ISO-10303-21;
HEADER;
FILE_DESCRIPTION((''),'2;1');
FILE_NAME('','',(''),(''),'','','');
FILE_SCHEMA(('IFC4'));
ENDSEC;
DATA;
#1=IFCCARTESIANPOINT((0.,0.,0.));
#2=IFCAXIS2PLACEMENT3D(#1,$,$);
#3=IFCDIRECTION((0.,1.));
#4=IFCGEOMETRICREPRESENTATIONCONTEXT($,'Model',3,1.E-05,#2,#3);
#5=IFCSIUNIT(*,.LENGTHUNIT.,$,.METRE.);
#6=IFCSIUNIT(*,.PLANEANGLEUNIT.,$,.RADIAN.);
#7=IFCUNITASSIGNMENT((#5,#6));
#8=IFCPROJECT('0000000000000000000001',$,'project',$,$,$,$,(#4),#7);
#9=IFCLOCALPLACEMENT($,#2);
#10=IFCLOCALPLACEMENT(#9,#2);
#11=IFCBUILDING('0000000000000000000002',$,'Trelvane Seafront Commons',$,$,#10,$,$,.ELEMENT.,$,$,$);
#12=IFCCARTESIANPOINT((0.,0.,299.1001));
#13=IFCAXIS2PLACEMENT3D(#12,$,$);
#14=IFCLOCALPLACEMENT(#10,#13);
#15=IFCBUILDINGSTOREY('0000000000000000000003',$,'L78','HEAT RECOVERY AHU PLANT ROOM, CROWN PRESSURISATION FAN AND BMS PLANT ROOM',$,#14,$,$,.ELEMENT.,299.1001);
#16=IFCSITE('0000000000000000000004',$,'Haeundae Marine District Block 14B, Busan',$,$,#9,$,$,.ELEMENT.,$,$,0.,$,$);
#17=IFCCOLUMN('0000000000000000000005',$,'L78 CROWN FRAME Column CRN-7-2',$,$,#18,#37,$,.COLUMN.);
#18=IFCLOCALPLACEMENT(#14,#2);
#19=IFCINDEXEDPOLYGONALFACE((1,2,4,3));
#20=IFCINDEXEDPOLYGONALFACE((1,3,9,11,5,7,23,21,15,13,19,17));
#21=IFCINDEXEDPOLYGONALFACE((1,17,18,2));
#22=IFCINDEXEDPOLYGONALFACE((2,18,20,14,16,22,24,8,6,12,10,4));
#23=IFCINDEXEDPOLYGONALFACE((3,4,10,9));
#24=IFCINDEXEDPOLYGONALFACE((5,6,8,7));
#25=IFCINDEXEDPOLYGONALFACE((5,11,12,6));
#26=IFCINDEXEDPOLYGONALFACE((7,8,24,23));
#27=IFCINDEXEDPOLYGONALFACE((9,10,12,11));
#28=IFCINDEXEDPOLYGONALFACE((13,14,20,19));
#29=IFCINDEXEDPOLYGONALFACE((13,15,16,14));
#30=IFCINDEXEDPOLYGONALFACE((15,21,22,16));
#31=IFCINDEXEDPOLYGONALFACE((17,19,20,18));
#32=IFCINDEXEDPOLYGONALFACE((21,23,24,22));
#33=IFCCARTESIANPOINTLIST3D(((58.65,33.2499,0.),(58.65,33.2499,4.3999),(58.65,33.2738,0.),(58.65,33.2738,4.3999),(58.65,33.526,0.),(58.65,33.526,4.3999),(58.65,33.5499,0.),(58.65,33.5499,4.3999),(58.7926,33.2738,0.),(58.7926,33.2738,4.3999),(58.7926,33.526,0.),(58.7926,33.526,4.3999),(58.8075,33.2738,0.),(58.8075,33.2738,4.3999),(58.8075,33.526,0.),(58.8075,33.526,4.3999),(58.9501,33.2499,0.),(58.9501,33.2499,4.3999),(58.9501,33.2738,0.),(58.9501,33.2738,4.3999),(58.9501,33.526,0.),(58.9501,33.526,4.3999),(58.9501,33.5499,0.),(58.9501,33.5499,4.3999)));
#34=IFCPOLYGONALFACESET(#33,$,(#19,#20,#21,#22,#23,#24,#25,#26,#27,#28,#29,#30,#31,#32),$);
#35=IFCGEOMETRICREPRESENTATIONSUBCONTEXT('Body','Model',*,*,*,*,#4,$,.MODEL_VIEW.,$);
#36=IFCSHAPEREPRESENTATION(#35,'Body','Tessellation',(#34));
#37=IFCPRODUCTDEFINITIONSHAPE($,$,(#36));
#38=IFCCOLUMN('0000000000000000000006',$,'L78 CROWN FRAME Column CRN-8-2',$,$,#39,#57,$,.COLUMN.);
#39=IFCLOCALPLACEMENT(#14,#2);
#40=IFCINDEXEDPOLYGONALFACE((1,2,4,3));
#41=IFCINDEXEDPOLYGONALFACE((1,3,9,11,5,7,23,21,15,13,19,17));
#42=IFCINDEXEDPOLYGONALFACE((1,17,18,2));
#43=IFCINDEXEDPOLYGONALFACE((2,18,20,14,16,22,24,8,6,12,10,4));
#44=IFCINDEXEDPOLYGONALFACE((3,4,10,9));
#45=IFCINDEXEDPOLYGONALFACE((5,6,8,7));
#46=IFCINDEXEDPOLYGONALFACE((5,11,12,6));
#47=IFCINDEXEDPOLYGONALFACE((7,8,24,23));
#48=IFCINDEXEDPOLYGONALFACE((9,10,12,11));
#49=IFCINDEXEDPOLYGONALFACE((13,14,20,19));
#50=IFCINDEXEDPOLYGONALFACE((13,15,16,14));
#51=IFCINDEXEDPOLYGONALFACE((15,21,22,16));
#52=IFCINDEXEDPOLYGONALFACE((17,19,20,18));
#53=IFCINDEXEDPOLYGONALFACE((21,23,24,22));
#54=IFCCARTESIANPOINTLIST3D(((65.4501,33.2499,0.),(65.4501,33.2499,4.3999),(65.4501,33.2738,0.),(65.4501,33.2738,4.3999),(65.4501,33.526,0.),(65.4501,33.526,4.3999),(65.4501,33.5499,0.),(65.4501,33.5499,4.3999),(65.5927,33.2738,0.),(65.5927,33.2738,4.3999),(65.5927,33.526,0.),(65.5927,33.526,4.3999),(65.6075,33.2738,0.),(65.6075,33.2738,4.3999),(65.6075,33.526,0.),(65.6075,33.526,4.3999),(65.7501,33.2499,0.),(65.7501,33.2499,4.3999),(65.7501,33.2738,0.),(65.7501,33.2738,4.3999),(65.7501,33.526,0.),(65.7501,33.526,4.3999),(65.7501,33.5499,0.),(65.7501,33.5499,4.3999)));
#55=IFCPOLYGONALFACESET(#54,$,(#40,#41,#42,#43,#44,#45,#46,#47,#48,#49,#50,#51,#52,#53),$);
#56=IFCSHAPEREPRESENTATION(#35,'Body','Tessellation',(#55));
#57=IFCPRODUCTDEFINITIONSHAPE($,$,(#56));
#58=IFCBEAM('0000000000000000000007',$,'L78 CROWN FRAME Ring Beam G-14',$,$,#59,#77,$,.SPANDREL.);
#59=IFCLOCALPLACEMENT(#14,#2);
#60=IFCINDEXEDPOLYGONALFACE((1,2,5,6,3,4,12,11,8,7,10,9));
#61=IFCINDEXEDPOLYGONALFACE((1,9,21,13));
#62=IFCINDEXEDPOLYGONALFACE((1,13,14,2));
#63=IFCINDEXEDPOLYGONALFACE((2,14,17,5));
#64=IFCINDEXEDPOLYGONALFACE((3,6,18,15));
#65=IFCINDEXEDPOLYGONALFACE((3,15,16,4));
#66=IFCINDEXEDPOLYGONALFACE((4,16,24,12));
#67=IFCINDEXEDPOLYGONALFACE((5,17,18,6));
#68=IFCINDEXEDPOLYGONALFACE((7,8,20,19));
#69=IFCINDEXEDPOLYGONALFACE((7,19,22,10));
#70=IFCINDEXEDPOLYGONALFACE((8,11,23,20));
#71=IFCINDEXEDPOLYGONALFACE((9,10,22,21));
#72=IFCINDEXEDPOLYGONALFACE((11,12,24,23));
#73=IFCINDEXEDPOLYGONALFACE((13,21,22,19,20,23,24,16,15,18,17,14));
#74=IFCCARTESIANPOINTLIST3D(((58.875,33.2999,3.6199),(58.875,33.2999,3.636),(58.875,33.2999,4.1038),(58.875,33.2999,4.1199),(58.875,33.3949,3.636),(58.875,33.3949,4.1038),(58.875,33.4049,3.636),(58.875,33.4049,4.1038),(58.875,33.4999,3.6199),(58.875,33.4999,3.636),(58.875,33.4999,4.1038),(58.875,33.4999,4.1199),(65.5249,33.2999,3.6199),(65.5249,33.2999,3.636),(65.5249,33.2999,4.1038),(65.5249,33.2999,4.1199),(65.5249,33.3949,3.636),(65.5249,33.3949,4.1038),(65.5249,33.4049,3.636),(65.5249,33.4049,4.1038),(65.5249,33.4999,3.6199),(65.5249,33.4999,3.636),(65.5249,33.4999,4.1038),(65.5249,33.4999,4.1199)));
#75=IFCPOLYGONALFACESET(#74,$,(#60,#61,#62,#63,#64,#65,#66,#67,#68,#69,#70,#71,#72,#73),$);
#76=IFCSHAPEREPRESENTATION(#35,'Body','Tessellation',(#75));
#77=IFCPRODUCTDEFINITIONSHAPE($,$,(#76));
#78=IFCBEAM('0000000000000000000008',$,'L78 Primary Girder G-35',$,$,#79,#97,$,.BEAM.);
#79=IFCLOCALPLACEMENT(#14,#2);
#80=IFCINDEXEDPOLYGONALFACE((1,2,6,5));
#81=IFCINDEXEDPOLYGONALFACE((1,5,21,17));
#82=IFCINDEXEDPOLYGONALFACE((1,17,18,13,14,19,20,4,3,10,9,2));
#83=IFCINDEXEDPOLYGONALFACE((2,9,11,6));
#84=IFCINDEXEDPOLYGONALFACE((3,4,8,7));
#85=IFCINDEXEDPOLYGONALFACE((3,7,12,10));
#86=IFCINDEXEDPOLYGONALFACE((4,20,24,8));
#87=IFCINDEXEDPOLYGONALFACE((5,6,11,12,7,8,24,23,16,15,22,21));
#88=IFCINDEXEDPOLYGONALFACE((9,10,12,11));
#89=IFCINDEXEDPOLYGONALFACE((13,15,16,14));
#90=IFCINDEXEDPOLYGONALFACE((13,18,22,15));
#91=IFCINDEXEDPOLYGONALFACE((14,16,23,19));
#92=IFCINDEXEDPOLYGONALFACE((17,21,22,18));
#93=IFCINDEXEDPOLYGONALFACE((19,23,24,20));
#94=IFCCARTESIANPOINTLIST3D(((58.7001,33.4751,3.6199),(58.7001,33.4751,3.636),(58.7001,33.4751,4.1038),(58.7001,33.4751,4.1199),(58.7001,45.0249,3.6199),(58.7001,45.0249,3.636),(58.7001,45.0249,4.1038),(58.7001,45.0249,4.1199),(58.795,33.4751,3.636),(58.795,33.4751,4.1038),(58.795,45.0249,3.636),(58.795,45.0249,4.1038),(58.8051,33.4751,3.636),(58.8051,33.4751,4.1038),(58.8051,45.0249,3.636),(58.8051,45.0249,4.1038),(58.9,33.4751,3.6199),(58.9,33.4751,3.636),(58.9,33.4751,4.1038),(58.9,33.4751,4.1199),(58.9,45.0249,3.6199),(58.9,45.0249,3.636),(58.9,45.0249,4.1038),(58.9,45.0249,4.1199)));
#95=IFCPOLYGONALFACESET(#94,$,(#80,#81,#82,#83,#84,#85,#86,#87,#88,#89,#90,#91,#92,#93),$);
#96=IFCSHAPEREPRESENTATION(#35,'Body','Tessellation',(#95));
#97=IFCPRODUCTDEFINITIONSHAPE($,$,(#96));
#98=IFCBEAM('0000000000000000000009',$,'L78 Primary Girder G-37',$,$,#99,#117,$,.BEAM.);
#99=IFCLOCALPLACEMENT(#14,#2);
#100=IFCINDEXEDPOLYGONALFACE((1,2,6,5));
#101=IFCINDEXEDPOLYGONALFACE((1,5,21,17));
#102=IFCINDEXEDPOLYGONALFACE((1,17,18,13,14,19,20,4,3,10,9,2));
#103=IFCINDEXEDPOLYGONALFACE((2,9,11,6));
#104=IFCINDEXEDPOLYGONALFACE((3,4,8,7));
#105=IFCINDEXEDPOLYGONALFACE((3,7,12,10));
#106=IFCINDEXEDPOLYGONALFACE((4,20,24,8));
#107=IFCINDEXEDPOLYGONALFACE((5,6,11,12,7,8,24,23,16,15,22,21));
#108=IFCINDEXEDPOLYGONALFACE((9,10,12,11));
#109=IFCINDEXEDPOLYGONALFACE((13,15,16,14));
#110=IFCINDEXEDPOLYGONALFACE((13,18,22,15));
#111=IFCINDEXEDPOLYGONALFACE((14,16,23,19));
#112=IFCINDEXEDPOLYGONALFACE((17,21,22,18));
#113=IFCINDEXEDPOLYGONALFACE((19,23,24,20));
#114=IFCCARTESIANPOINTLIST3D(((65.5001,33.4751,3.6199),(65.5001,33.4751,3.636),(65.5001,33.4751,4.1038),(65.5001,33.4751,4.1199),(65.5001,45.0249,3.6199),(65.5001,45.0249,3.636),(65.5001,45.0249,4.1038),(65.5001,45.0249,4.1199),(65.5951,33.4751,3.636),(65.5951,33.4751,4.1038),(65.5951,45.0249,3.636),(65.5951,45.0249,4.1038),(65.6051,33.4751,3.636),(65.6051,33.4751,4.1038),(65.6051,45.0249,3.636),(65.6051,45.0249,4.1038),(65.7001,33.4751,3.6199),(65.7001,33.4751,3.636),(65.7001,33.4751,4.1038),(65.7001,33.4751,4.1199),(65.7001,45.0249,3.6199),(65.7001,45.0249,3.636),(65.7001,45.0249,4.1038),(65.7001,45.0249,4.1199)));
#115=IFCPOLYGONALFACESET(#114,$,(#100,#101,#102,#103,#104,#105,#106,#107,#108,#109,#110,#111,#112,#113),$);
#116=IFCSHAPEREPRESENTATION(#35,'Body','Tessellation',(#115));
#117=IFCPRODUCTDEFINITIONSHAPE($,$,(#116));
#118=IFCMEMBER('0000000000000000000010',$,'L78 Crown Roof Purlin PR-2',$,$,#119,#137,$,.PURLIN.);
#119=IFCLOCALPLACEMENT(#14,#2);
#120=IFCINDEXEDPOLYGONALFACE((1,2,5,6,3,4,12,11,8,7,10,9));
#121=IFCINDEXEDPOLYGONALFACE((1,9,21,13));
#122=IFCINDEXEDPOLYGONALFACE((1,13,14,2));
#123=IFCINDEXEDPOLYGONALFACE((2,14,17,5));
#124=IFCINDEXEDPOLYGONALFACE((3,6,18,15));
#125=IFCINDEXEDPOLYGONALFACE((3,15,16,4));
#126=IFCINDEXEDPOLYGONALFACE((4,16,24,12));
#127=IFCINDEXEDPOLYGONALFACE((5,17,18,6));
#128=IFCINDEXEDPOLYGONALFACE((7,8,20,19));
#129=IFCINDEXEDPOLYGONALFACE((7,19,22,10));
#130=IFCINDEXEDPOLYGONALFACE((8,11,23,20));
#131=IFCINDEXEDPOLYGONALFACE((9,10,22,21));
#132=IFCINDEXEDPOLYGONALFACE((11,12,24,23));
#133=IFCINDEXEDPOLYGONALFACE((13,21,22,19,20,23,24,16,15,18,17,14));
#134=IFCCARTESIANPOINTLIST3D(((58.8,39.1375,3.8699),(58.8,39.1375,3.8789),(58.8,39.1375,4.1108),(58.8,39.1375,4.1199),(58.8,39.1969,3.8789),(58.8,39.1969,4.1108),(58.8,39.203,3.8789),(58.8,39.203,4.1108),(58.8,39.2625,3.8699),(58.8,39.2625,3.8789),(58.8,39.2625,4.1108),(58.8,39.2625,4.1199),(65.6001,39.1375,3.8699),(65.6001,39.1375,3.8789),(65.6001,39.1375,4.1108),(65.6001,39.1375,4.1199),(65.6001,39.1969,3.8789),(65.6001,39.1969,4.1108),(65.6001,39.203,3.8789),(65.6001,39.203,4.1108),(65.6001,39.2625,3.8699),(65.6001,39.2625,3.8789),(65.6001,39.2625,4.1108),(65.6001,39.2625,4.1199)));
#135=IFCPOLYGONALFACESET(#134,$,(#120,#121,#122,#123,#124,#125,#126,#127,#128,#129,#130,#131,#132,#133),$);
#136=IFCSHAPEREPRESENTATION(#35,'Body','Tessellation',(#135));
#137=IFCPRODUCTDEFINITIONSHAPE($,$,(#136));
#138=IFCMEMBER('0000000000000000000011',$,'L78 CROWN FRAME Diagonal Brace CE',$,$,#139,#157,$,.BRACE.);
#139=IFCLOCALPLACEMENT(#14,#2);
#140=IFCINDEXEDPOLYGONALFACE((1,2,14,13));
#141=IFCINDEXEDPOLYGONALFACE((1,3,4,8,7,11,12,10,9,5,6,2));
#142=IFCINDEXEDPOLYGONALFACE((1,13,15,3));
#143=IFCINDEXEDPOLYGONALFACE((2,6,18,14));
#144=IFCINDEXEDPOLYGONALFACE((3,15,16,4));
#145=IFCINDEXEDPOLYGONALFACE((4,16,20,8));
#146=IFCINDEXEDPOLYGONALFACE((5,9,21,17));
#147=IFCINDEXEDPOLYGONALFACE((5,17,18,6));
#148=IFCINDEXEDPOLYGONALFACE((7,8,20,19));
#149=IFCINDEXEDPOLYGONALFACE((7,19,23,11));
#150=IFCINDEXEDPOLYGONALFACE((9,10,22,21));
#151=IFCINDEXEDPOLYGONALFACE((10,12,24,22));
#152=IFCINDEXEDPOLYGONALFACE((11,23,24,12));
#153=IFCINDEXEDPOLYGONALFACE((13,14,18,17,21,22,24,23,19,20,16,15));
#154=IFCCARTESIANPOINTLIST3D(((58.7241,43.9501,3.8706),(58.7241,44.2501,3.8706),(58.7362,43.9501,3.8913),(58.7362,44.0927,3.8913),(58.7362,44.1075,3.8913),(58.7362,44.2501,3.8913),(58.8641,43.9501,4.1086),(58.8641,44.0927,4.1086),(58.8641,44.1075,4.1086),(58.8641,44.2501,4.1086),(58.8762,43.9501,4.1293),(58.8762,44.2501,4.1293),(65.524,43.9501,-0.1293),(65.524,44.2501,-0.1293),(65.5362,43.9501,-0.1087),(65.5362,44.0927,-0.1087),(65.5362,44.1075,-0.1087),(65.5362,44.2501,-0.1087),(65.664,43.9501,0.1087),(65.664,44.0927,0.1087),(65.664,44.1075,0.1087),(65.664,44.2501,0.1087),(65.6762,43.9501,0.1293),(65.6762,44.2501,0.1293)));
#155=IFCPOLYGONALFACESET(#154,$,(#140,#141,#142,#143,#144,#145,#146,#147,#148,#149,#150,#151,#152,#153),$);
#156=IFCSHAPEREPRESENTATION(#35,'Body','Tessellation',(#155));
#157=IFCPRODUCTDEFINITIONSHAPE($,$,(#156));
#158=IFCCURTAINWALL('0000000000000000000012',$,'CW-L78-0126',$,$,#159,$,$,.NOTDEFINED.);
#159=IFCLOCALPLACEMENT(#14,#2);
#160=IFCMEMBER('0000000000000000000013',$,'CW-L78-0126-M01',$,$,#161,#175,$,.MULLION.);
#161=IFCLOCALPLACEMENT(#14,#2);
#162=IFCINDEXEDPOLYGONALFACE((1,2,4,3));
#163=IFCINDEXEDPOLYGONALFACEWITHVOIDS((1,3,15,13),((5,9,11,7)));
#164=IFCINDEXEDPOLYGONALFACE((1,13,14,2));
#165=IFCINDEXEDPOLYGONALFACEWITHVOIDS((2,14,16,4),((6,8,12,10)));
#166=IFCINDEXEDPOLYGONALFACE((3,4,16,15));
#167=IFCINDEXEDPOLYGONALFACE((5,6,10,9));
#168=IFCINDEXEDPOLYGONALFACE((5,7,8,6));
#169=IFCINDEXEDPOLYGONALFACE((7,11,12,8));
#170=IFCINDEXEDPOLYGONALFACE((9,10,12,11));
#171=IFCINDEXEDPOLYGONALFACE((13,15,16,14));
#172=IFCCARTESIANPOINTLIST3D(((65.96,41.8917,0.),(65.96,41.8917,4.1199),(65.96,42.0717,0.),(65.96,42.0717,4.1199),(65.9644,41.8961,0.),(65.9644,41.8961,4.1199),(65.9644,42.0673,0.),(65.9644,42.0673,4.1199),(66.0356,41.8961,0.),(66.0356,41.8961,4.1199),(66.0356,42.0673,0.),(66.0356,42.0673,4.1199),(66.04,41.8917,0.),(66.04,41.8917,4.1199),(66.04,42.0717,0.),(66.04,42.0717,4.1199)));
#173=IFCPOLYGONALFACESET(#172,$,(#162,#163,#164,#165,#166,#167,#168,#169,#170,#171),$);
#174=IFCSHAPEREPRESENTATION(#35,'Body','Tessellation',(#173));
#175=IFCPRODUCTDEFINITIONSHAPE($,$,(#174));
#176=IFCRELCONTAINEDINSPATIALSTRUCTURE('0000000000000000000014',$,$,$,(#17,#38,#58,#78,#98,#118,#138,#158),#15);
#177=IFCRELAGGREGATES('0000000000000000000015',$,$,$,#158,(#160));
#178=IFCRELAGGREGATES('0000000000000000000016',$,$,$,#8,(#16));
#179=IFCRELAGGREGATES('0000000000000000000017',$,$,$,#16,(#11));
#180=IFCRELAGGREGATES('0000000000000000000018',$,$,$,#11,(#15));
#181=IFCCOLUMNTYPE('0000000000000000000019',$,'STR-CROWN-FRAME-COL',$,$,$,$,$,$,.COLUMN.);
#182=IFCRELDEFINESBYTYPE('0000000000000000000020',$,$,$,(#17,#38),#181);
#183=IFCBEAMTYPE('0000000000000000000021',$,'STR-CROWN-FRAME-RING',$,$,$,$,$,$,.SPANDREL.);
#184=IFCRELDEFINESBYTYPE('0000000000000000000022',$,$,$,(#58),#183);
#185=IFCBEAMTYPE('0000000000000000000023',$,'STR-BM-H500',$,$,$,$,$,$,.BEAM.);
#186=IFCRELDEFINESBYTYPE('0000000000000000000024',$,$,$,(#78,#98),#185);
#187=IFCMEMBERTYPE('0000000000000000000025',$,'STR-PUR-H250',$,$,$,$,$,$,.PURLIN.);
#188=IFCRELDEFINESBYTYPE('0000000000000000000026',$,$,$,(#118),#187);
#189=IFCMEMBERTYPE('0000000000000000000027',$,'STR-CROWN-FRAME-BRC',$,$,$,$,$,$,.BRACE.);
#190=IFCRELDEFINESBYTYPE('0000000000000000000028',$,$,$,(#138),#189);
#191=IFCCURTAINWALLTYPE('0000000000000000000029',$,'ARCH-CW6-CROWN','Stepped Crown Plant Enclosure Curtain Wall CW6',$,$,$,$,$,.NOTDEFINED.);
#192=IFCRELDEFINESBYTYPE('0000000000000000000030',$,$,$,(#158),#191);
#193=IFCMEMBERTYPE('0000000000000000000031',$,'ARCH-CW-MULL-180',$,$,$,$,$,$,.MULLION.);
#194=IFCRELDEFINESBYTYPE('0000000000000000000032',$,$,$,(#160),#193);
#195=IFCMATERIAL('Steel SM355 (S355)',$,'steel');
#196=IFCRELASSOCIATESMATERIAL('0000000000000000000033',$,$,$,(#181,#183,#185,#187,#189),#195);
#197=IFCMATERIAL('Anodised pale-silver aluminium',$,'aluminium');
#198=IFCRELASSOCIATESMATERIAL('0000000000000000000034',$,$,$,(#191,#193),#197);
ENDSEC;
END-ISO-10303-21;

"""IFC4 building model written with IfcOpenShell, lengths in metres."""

from ifc_helpers import new_model, si_unit, direction, frame, origin, origin_2d, place, context, subcontext, project, spatial, hollow_rectangle, i_section, extrude, source, transform, mapped, material, material_profile, profile_set, type_object, element, aggregate, save


model = new_model("IFC4")

# Units and contexts
model_context = context("Model", 3, precision=1e-05, world=origin(), true_north=direction((0.0, 1.0)))
body_context = subcontext(model_context, "Body", "Model", "MODEL_VIEW")
ifc_project = project(units=[si_unit("LENGTHUNIT", "METRE"), si_unit("PLANEANGLEUNIT", "RADIAN")], contexts=[model_context])

# Site, building, storey
site_placement = place(None, origin())
site = spatial("IfcSite", under=ifc_project, at=site_placement, Name="Haeundae Marine District Block 14B, Busan", CompositionType="ELEMENT", RefElevation=0.0)
building_placement = place(site_placement, origin())
building = spatial("IfcBuilding", under=site, at=building_placement, Name="Trelvane Seafront Commons", CompositionType="ELEMENT")
storey_placement = place(building_placement, frame((0.0, 0.0, 299.1001)))
storey = spatial("IfcBuildingStorey", under=building, at=storey_placement, Name="L78", Description="HEAT RECOVERY AHU PLANT ROOM, CROWN PRESSURISATION FAN AND BMS PLANT ROOM", CompositionType="ELEMENT", Elevation=299.1001)

# Columns
ifc_material_1 = material(Name="Steel SM355 (S355)", Category="steel")
ifc_material_profile_1 = material_profile(ifc_material_1, i_section(OverallWidth=0.3, OverallDepth=0.3, WebThickness=0.0149, FlangeThickness=0.0239, at=origin_2d()), Name="HD-300x300x15x24")
ifc_profile_set_1 = profile_set([ifc_material_profile_1], Name="Steel SM355 (S355)")
column_type = type_object("IfcColumnType", Name="STR-CROWN-FRAME-COL", PredefinedType="COLUMN", material=ifc_profile_set_1)
shared_shape_1 = source(origin(), body_context, "Body", "SweptSolid", [
    extrude(i_section(OverallWidth=0.3, OverallDepth=0.3, WebThickness=0.0149, FlangeThickness=0.0239, at=origin_2d()), origin(), (0.0, 0.0, 1.0), 4.3999),
])
for number, where, z_axis, x_axis, name in (
    (1, (58.8, 33.3999, 0.0), (0.0, 0.0, 1.0), (1.0, 0.0, 0.0), "L78 CROWN FRAME Column CRN-7-2"),
    (2, (65.6001, 33.3999, 0.0), (0.0, 0.0, 1.0), (1.0, 0.0, 0.0), "L78 CROWN FRAME Column CRN-8-2"),
):
    element("IfcColumn", number, at=place(storey_placement, frame(where, z_axis=z_axis, x_axis=x_axis)), inside=storey, type_object=column_type, Name=name, PredefinedType="COLUMN", context=body_context, shape_type="MappedRepresentation", body=[
        mapped(shared_shape_1, transform((0.0, 0.0, 0.0), x_axis=(1.0, 0.0, 0.0), y_axis=(0.0, 1.0, 0.0), z_axis=(0.0, 0.0, 1.0), scale=1.0)),
    ])

# Beams
ifc_material_profile_2 = material_profile(ifc_material_1, i_section(OverallWidth=0.2, OverallDepth=0.5, WebThickness=0.01, FlangeThickness=0.0161, at=origin_2d()), Name="H-500x200x10x16")
ifc_profile_set_2 = profile_set([ifc_material_profile_2], Name="Steel SM355 (S355)")
beam_type_1 = type_object("IfcBeamType", Name="STR-CROWN-FRAME-RING", PredefinedType="SPANDREL", material=ifc_profile_set_2)
shared_shape_2 = source(origin(), body_context, "Body", "SweptSolid", [
    extrude(i_section(OverallWidth=0.2, OverallDepth=0.5, WebThickness=0.01, FlangeThickness=0.0161, at=origin_2d()), origin(), (0.0, 0.0, 1.0), 6.6499),
])
beam_placement = place(storey_placement, frame((58.875, 33.3999, 3.8699), z_axis=(1.0, 0.0, 0.0), x_axis=(0.0, 1.0, 0.0)))
element("IfcBeam", 3, at=beam_placement, inside=storey, type_object=beam_type_1, Name="L78 CROWN FRAME Ring Beam G-14", PredefinedType="SPANDREL", context=body_context, shape_type="MappedRepresentation", body=[
    mapped(shared_shape_2, transform((0.0, 0.0, 0.0), x_axis=(1.0, 0.0, 0.0), y_axis=(0.0, 1.0, 0.0), z_axis=(0.0, 0.0, 1.0), scale=1.0)),
])
ifc_material_profile_3 = material_profile(ifc_material_1, i_section(OverallWidth=0.2, OverallDepth=0.5, WebThickness=0.01, FlangeThickness=0.0161, at=origin_2d()), Name="H-500x200x10x16")
ifc_profile_set_3 = profile_set([ifc_material_profile_3], Name="Steel SM355 (S355)")
beam_type_2 = type_object("IfcBeamType", Name="STR-BM-H500", PredefinedType="BEAM", material=ifc_profile_set_3)
shared_shape_3 = source(origin(), body_context, "Body", "SweptSolid", [
    extrude(i_section(OverallWidth=0.2, OverallDepth=0.5, WebThickness=0.01, FlangeThickness=0.0161, at=origin_2d()), origin(), (0.0, 0.0, 1.0), 11.5498),
])
for number, where, z_axis, x_axis, name in (
    (4, (58.8, 33.4751, 3.8699), (0.0, 1.0, 0.0), (-1.0, 0.0, 0.0), "L78 Primary Girder G-35"),
    (5, (65.6001, 33.4751, 3.8699), (0.0, 1.0, 0.0), (-1.0, 0.0, 0.0), "L78 Primary Girder G-37"),
):
    element("IfcBeam", number, at=place(storey_placement, frame(where, z_axis=z_axis, x_axis=x_axis)), inside=storey, type_object=beam_type_2, Name=name, PredefinedType="BEAM", context=body_context, shape_type="MappedRepresentation", body=[
        mapped(shared_shape_3, transform((0.0, 0.0, 0.0), x_axis=(1.0, 0.0, 0.0), y_axis=(0.0, 1.0, 0.0), z_axis=(0.0, 0.0, 1.0), scale=1.0)),
    ])

# Members
ifc_material_profile_4 = material_profile(ifc_material_1, i_section(OverallWidth=0.125, OverallDepth=0.25, WebThickness=0.0061, FlangeThickness=0.009, at=origin_2d()), Name="H-250x125x6x9")
ifc_profile_set_4 = profile_set([ifc_material_profile_4], Name="Steel SM355 (S355)")
member_type_1 = type_object("IfcMemberType", Name="STR-PUR-H250", PredefinedType="PURLIN", material=ifc_profile_set_4)
shared_shape_4 = source(origin(), body_context, "Body", "SweptSolid", [
    extrude(i_section(OverallWidth=0.125, OverallDepth=0.25, WebThickness=0.0061, FlangeThickness=0.009, at=origin_2d()), origin(), (0.0, 0.0, 1.0), 6.8),
])
member_1_placement = place(storey_placement, frame((58.8, 39.2, 3.9949), z_axis=(1.0, 0.0, 0.0), x_axis=(0.0, 1.0, 0.0)))
element("IfcMember", 6, at=member_1_placement, inside=storey, type_object=member_type_1, Name="L78 Crown Roof Purlin PR-2", PredefinedType="PURLIN", context=body_context, shape_type="MappedRepresentation", body=[
    mapped(shared_shape_4, transform((0.0, 0.0, 0.0), x_axis=(1.0, 0.0, 0.0), y_axis=(0.0, 1.0, 0.0), z_axis=(0.0, 0.0, 1.0), scale=1.0)),
])
ifc_material_profile_5 = material_profile(ifc_material_1, i_section(OverallWidth=0.3, OverallDepth=0.3, WebThickness=0.0149, FlangeThickness=0.0239, at=origin_2d()), Name="HD-300x300x15x24")
ifc_profile_set_5 = profile_set([ifc_material_profile_5], Name="Steel SM355 (S355)")
member_type_2 = type_object("IfcMemberType", Name="STR-CROWN-FRAME-BRC", PredefinedType="BRACE", material=ifc_profile_set_5)
shared_shape_5 = source(origin(), body_context, "Body", "SweptSolid", [
    extrude(i_section(OverallWidth=0.3, OverallDepth=0.3, WebThickness=0.0149, FlangeThickness=0.0239, at=origin_2d()), origin(), (0.0, 0.0, 1.0), 7.8892),
])
member_2_placement = place(storey_placement, frame((65.6001, 44.1001, 0.0), z_axis=(-0.861936, 0.0, 0.507017), x_axis=(0.0, -1.0, 0.0)))
element("IfcMember", 7, at=member_2_placement, inside=storey, type_object=member_type_2, Name="L78 CROWN FRAME Diagonal Brace CE", PredefinedType="BRACE", context=body_context, shape_type="MappedRepresentation", body=[
    mapped(shared_shape_5, transform((0.0, 0.0, 0.0), x_axis=(1.0, 0.0, 0.0), y_axis=(0.0, 1.0, 0.0), z_axis=(0.0, 0.0, 1.0), scale=1.0)),
])

# Curtain wall, member
ifc_material_2 = material(Name="Anodised pale-silver aluminium", Category="aluminium")
curtain_wall_type = type_object("IfcCurtainWallType", Name="ARCH-CW6-CROWN", Description="Stepped Crown Plant Enclosure Curtain Wall CW6", PredefinedType="NOTDEFINED", material=ifc_material_2)
curtain_wall_placement = place(storey_placement, origin())
curtain_wall = element("IfcCurtainWall", 8, at=curtain_wall_placement, inside=storey, type_object=curtain_wall_type, Name="CW-L78-0126", PredefinedType="NOTDEFINED")
ifc_material_profile_6 = material_profile(ifc_material_2, hollow_rectangle(XDim=0.0801, YDim=0.1799, WallThickness=0.0044, at=origin_2d()), Name="MULL-80x180x4.5")
ifc_profile_set_6 = profile_set([ifc_material_profile_6], Name="Anodised pale-silver aluminium")
member_type_3 = type_object("IfcMemberType", Name="ARCH-CW-MULL-180", PredefinedType="MULLION", material=ifc_profile_set_6)
shared_shape_6 = source(origin(), body_context, "Body", "SweptSolid", [
    extrude(hollow_rectangle(XDim=0.0801, YDim=0.1799, WallThickness=0.0044, at=origin_2d()), origin(), (0.0, 0.0, 1.0), 4.1199),
])
member_3_placement = place(storey_placement, frame((66.0, 41.9817, 0.0), z_axis=(0.0, 0.0, 1.0), x_axis=(1.0, 0.0, 0.0)))
member_3 = element("IfcMember", 9, at=member_3_placement, type_object=member_type_3, Name="CW-L78-0126-M01", PredefinedType="MULLION", context=body_context, shape_type="MappedRepresentation", body=[
    mapped(shared_shape_6, transform((0.0, 0.0, 0.0), x_axis=(1.0, 0.0, 0.0), y_axis=(0.0, 1.0, 0.0), z_axis=(0.0, 0.0, 1.0), scale=1.0)),
])

aggregate(curtain_wall, [member_3])

save(model, "model.ifc")
